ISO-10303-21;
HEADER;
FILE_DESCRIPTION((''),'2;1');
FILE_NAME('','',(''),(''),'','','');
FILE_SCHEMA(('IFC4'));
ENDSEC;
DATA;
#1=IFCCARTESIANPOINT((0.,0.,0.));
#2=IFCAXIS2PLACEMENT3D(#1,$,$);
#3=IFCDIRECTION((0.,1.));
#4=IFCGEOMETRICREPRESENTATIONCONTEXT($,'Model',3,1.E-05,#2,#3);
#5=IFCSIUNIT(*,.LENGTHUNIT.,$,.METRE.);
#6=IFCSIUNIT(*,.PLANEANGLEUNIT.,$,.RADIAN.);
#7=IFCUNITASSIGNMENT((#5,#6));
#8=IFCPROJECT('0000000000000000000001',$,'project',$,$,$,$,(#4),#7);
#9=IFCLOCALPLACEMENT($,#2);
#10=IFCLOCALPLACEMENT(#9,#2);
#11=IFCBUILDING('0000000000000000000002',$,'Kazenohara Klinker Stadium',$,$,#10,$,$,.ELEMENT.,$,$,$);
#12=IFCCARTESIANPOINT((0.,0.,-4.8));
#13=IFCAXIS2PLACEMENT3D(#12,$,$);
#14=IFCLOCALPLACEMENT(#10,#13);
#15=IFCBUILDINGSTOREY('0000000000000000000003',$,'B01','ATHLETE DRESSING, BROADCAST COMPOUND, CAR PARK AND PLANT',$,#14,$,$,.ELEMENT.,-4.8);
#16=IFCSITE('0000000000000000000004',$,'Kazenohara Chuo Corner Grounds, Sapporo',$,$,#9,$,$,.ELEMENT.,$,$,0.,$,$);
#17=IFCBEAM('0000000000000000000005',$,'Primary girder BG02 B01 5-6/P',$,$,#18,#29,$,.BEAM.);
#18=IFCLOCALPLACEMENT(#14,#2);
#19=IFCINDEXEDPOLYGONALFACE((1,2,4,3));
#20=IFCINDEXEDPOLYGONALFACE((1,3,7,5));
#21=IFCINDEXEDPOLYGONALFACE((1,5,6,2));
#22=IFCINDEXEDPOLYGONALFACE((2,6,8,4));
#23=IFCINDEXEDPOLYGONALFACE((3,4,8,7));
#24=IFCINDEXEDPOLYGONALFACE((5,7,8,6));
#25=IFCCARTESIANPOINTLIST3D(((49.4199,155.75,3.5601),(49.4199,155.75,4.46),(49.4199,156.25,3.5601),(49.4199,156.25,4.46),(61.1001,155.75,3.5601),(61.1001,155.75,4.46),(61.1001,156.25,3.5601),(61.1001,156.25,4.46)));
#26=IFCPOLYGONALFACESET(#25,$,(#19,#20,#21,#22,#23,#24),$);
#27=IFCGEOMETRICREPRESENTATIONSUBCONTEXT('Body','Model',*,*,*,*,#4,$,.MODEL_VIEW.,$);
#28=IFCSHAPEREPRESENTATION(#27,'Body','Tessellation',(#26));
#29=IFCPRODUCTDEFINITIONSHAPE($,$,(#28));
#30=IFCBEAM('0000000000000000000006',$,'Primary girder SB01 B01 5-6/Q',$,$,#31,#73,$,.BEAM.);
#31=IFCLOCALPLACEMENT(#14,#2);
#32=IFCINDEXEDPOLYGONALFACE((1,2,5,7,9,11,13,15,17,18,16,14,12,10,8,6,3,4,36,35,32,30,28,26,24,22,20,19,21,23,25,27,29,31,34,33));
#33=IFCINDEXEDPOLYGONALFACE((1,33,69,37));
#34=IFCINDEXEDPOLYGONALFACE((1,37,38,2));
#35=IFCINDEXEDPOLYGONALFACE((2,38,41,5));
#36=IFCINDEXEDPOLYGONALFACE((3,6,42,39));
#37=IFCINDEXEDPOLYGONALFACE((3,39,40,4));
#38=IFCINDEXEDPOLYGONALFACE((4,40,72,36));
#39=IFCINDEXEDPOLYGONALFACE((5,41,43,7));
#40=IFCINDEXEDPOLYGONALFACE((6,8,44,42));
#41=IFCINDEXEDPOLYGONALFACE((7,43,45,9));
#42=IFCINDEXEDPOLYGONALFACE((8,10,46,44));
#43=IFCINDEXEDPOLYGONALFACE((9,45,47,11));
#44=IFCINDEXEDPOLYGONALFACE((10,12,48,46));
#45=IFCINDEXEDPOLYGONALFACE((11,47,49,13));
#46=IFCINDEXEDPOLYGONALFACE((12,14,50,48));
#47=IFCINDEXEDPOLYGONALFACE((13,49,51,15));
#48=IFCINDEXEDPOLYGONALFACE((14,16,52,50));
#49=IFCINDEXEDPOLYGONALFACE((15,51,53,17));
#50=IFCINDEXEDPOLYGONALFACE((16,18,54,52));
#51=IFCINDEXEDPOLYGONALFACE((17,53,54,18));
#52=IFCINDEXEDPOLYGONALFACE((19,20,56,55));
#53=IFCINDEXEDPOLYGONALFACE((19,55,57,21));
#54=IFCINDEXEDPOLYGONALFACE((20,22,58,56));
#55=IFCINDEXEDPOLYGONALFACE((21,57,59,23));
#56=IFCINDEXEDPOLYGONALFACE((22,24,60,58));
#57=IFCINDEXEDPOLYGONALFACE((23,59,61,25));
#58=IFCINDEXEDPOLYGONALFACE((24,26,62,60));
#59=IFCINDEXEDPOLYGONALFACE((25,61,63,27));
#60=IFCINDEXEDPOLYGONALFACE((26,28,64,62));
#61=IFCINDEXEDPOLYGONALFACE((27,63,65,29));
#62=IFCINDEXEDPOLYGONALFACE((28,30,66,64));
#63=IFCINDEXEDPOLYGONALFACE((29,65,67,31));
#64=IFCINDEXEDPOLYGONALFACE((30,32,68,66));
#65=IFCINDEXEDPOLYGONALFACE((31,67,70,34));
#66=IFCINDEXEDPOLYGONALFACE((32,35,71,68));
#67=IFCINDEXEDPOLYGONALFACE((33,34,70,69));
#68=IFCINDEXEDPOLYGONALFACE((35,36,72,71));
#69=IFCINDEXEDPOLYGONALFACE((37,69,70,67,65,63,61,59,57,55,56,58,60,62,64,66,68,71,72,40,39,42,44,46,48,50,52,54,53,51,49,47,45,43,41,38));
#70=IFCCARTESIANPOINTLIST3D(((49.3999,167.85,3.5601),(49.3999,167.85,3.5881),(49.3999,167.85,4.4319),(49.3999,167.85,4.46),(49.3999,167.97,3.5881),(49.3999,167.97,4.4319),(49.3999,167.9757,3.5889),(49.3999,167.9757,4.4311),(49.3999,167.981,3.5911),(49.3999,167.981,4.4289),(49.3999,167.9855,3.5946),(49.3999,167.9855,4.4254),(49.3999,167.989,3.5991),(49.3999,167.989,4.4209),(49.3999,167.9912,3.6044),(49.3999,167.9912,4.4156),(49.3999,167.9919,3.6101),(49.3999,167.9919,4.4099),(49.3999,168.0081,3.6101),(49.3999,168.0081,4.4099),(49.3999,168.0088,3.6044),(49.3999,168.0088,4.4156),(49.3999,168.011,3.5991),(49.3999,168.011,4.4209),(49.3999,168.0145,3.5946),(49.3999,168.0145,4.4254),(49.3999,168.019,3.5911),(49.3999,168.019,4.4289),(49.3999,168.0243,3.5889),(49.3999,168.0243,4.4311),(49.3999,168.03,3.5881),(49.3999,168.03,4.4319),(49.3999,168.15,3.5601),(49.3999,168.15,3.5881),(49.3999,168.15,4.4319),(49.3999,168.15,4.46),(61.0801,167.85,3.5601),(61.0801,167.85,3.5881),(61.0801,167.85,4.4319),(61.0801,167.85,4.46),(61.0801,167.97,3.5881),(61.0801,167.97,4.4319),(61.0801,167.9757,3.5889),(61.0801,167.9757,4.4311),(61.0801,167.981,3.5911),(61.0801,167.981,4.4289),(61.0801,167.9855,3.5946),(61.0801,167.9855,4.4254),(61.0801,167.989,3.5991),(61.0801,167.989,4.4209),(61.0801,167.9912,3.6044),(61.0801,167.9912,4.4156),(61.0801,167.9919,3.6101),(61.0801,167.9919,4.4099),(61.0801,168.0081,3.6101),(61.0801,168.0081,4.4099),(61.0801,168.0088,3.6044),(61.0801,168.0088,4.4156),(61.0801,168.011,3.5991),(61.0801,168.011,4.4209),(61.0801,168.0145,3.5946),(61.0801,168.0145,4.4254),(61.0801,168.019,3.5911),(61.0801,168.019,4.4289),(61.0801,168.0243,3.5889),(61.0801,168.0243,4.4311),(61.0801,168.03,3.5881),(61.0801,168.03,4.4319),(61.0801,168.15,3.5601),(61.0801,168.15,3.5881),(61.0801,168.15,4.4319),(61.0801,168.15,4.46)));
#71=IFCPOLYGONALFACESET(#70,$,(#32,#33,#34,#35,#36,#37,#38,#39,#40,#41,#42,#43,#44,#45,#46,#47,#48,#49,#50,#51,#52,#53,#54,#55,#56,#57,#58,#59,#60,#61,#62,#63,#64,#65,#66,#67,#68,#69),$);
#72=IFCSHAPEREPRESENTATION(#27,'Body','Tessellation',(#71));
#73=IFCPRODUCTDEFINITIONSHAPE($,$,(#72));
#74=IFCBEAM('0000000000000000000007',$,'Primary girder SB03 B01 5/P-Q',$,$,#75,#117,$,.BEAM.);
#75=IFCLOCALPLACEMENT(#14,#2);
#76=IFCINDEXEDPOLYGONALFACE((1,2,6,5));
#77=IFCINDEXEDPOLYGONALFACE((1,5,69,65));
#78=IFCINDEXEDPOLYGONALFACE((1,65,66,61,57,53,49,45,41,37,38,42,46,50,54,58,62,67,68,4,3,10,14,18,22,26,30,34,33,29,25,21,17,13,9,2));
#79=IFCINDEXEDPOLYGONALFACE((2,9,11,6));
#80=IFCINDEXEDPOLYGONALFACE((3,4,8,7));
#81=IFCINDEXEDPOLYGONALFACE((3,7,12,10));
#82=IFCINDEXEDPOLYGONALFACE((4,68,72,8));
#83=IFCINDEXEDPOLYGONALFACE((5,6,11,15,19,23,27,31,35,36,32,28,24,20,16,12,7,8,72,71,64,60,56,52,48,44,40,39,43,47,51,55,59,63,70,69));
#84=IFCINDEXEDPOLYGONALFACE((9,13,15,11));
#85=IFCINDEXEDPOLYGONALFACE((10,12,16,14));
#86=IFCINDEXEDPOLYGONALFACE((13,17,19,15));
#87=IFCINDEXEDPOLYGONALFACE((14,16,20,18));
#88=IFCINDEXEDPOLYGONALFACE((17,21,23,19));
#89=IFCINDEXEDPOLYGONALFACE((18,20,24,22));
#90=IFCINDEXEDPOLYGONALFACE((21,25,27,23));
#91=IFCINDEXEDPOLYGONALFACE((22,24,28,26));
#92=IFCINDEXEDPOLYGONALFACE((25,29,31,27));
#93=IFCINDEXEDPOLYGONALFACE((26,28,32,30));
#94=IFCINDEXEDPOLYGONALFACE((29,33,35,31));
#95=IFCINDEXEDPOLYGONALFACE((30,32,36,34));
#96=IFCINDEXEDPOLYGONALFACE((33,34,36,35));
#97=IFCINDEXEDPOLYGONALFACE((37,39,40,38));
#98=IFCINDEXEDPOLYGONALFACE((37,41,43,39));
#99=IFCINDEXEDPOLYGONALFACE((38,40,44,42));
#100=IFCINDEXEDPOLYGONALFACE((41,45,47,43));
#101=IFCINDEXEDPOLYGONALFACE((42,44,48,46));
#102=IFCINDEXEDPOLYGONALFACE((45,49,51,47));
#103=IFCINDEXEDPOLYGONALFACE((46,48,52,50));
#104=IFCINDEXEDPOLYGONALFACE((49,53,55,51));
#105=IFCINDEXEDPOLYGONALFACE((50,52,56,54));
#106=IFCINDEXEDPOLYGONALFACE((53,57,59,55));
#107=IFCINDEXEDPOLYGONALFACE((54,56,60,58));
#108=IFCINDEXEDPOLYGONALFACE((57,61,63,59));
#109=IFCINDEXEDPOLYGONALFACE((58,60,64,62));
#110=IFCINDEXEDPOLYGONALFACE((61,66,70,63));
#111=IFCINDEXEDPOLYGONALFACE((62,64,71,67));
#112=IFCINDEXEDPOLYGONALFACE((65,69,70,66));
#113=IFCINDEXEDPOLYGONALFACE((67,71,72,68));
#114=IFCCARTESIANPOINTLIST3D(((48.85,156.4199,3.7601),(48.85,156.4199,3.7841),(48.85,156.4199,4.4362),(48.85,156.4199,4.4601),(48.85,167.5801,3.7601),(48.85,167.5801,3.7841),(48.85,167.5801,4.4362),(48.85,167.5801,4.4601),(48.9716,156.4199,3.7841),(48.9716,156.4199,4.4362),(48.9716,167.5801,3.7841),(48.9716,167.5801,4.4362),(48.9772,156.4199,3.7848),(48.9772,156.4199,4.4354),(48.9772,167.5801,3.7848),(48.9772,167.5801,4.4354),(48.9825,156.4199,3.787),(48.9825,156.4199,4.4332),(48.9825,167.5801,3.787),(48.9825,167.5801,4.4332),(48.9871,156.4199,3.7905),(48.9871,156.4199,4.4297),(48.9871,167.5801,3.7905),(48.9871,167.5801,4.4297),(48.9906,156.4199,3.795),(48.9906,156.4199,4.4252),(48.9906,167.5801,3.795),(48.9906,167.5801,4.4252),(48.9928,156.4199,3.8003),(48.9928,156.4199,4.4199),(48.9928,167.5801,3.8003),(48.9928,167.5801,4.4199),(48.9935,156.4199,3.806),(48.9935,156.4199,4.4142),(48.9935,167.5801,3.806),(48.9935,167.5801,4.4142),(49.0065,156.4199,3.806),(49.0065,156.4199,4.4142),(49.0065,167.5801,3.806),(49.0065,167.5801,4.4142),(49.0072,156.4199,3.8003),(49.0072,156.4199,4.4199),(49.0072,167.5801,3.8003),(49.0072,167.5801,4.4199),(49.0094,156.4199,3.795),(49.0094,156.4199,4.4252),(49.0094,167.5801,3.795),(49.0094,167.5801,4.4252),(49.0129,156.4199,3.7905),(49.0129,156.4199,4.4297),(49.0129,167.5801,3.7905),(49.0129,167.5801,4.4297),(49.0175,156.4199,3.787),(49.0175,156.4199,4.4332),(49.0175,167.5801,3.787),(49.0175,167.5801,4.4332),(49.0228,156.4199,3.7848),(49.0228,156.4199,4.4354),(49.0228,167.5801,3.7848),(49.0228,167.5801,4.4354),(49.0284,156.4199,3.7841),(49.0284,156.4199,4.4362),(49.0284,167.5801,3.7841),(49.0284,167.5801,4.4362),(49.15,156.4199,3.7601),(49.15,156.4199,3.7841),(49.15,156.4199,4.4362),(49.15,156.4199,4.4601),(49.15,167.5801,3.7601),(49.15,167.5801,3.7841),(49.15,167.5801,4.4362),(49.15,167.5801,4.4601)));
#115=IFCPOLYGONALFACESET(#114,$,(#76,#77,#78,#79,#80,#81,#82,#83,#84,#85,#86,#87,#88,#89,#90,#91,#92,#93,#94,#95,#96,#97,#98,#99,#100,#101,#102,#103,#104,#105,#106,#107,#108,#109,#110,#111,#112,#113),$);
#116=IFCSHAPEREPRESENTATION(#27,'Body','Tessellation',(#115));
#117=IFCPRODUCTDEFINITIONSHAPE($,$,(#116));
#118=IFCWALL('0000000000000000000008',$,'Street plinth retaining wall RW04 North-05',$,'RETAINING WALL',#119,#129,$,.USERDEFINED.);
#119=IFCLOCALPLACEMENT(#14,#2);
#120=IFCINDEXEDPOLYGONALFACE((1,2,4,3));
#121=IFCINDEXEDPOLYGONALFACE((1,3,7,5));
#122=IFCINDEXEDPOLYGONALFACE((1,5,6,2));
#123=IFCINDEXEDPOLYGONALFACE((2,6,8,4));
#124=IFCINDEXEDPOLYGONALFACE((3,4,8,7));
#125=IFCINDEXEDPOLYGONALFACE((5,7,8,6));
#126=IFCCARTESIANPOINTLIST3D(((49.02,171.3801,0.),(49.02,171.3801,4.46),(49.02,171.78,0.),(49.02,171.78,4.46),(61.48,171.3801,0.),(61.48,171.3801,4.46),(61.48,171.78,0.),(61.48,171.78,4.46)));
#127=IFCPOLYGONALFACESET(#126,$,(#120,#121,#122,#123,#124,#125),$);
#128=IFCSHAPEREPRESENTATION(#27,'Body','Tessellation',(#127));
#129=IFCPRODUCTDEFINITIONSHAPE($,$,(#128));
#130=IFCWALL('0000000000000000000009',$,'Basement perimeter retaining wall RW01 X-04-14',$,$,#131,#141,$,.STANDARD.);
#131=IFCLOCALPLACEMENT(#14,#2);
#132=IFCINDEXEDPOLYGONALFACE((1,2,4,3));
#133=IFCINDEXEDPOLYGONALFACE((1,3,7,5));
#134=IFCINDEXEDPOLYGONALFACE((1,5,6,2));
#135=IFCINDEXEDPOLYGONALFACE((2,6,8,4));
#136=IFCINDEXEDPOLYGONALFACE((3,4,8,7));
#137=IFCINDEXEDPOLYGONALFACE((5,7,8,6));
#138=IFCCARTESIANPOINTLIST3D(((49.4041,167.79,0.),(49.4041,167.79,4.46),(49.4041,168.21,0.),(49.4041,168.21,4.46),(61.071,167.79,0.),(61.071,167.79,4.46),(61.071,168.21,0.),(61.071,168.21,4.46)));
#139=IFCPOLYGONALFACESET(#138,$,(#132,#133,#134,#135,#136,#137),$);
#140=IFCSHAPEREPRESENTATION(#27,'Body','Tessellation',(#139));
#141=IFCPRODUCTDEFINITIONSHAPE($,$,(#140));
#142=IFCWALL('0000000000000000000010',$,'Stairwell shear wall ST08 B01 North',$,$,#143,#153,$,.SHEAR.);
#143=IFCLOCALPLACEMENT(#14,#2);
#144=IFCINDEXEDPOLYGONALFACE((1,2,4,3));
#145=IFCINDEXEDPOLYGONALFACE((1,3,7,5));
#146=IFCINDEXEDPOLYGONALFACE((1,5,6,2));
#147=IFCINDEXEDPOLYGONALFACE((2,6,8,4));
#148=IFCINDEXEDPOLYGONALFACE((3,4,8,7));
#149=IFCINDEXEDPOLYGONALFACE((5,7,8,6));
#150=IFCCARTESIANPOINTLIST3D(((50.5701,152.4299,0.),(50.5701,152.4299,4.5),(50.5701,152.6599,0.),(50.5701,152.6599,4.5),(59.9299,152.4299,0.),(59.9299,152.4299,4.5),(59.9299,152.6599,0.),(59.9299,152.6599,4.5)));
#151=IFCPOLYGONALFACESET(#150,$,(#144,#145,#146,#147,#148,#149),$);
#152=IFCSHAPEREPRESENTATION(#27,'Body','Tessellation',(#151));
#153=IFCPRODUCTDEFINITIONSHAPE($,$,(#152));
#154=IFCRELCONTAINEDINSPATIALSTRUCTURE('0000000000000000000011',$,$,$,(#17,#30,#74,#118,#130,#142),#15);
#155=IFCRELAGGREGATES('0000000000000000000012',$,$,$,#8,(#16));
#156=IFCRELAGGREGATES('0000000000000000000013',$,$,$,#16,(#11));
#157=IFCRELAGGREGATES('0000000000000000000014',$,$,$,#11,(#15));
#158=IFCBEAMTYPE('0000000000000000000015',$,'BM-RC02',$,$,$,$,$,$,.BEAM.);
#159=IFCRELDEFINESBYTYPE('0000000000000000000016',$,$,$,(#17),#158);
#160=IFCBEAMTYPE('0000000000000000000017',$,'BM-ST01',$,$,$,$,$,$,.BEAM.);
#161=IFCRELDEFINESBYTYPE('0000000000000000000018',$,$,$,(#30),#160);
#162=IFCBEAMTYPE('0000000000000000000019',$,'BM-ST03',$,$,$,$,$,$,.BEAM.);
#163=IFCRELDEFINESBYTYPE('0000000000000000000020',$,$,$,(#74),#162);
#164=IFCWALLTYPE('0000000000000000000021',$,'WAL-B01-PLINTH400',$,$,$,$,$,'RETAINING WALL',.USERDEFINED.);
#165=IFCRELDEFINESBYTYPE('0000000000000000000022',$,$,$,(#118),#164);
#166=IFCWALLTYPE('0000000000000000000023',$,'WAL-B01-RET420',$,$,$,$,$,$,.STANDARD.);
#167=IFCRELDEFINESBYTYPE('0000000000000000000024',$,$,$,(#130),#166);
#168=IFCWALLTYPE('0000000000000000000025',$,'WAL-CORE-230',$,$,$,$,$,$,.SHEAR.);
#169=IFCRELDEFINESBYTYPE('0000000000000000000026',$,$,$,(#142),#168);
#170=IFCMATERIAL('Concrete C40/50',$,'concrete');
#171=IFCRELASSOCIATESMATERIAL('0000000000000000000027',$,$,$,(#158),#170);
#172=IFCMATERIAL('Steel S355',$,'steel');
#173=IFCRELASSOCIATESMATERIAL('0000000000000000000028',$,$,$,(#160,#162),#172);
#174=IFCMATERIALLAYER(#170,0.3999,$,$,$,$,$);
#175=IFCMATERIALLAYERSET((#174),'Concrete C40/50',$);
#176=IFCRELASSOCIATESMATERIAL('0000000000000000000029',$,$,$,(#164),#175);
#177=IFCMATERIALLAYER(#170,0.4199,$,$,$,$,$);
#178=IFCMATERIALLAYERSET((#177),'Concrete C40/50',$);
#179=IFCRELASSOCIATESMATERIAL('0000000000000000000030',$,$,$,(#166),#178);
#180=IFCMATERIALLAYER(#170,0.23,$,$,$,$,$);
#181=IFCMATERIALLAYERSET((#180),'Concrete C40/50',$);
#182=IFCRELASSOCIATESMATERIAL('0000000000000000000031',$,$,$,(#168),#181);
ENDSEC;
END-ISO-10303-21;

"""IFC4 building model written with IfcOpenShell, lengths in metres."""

from ifc_helpers import new_model, si_unit, direction, frame, frame_2d, origin, origin_2d, place, context, subcontext, project, spatial, rectangle, i_section, extrude, material, layer, layer_set, material_profile, profile_set, type_object, element, save


model = new_model("IFC4")

# Units and contexts
model_context = context("Model", 3, precision=1e-05, world=origin(), true_north=direction((0.0, 1.0)))
body_context = subcontext(model_context, "Body", "Model", "MODEL_VIEW")
ifc_project = project(units=[si_unit("LENGTHUNIT", "METRE"), si_unit("PLANEANGLEUNIT", "RADIAN")], contexts=[model_context])

# Site, building, storey
site_placement = place(None, origin())
site = spatial("IfcSite", under=ifc_project, at=site_placement, Name="Kazenohara Chuo Corner Grounds, Sapporo", CompositionType="ELEMENT", RefElevation=0.0)
building_placement = place(site_placement, origin())
building = spatial("IfcBuilding", under=site, at=building_placement, Name="Kazenohara Klinker Stadium", CompositionType="ELEMENT")
storey_placement = place(building_placement, frame((0.0, 0.0, -4.8)))
storey = spatial("IfcBuildingStorey", under=building, at=storey_placement, Name="B01", Description="ATHLETE DRESSING, BROADCAST COMPOUND, CAR PARK AND PLANT", CompositionType="ELEMENT", Elevation=-4.8)

# Shared definitions
ifc_material_1 = material(Name="Concrete C40/50", Category="concrete")

# Beams
ifc_material_2 = material(Name="Steel S355", Category="steel")
ifc_material_profile_1 = material_profile(ifc_material_1, rectangle(XDim=0.5, YDim=0.8999, at=origin_2d()), Name="RC-BM-500x900")
ifc_profile_set_1 = profile_set([ifc_material_profile_1], Name="Concrete C40/50")
beam_type_1 = type_object("IfcBeamType", Name="BM-RC02", PredefinedType="BEAM", material=ifc_profile_set_1)
beam_1_placement = place(storey_placement, frame((49.4199, 156.0, 4.01), z_axis=(1.0, 0.0, 0.0), x_axis=(0.0, 1.0, 0.0)))
element("IfcBeam", 1, at=beam_1_placement, inside=storey, type_object=beam_type_1, Name="Primary girder BG02 B01 5-6/P", PredefinedType="BEAM", context=body_context, shape_type="SweptSolid", body=[
    extrude(rectangle(XDim=0.5, YDim=0.8999, at=origin_2d()), origin(), (0.0, 0.0, 1.0), 11.6802),
])
ifc_material_profile_2 = material_profile(ifc_material_2, i_section(OverallWidth=0.3, OverallDepth=0.8999, WebThickness=0.0161, FlangeThickness=0.0281, FilletRadius=0.022, at=origin_2d()), Name="H-900x300x16x28")
ifc_profile_set_2 = profile_set([ifc_material_profile_2], Name="Steel S355")
beam_type_2 = type_object("IfcBeamType", Name="BM-ST01", PredefinedType="BEAM", material=ifc_profile_set_2)
beam_2_placement = place(storey_placement, frame((49.3999, 168.0, 4.01), z_axis=(1.0, 0.0, 0.0), x_axis=(0.0, 1.0, 0.0)))
element("IfcBeam", 2, at=beam_2_placement, inside=storey, type_object=beam_type_2, Name="Primary girder SB01 B01 5-6/Q", PredefinedType="BEAM", context=body_context, shape_type="SweptSolid", body=[
    extrude(i_section(OverallWidth=0.3, OverallDepth=0.8999, WebThickness=0.0161, FlangeThickness=0.0281, FilletRadius=0.022, at=origin_2d()), origin(), (0.0, 0.0, 1.0), 11.6802),
])
ifc_material_profile_3 = material_profile(ifc_material_2, i_section(OverallWidth=0.3, OverallDepth=0.7, WebThickness=0.0129, FlangeThickness=0.0239, FilletRadius=0.022, at=origin_2d()), Name="H-700x300x13x24")
ifc_profile_set_3 = profile_set([ifc_material_profile_3], Name="Steel S355")
beam_type_3 = type_object("IfcBeamType", Name="BM-ST03", PredefinedType="BEAM", material=ifc_profile_set_3)
beam_3_placement = place(storey_placement, frame((49.0, 156.4199, 4.1101), z_axis=(0.0, 1.0, 0.0), x_axis=(-1.0, 0.0, 0.0)))
element("IfcBeam", 3, at=beam_3_placement, inside=storey, type_object=beam_type_3, Name="Primary girder SB03 B01 5/P-Q", PredefinedType="BEAM", context=body_context, shape_type="SweptSolid", body=[
    extrude(i_section(OverallWidth=0.3, OverallDepth=0.7, WebThickness=0.0129, FlangeThickness=0.0239, FilletRadius=0.022, at=origin_2d()), origin(), (0.0, 0.0, 1.0), 11.1602),
])

# Walls
ifc_layer_1 = layer(ifc_material_1, 0.3999)
ifc_layer_set_1 = layer_set([ifc_layer_1], Name="Concrete C40/50")
wall_type_1 = type_object("IfcWallType", Name="WAL-B01-PLINTH400", ElementType="RETAINING WALL", PredefinedType="USERDEFINED", material=ifc_layer_set_1)
wall_1_placement = place(storey_placement, frame((49.02, 171.5801, 0.0), z_axis=(0.0, 0.0, 1.0), x_axis=(1.0, 0.0, 0.0)))
element("IfcWall", 4, at=wall_1_placement, inside=storey, type_object=wall_type_1, Name="Street plinth retaining wall RW04 North-05", ObjectType="RETAINING WALL", PredefinedType="USERDEFINED", context=body_context, shape_type="SweptSolid", body=[
    extrude(rectangle(XDim=12.46, YDim=0.3999, at=frame_2d((6.23, 0.0))), origin(), (0.0, 0.0, 1.0), 4.46),
])
ifc_layer_2 = layer(ifc_material_1, 0.4199)
ifc_layer_set_2 = layer_set([ifc_layer_2], Name="Concrete C40/50")
wall_type_2 = type_object("IfcWallType", Name="WAL-B01-RET420", PredefinedType="STANDARD", material=ifc_layer_set_2)
wall_2_placement = place(storey_placement, frame((49.4041, 168.0, 0.0), z_axis=(0.0, 0.0, 1.0), x_axis=(1.0, 0.0, 0.0)))
element("IfcWall", 5, at=wall_2_placement, inside=storey, type_object=wall_type_2, Name="Basement perimeter retaining wall RW01 X-04-14", PredefinedType="STANDARD", context=body_context, shape_type="SweptSolid", body=[
    extrude(rectangle(XDim=11.667, YDim=0.4199, at=frame_2d((5.8335, 0.0))), origin(), (0.0, 0.0, 1.0), 4.46),
])
ifc_layer_3 = layer(ifc_material_1, 0.23)
ifc_layer_set_3 = layer_set([ifc_layer_3], Name="Concrete C40/50")
wall_type_3 = type_object("IfcWallType", Name="WAL-CORE-230", PredefinedType="SHEAR", material=ifc_layer_set_3)
wall_3_placement = place(storey_placement, frame((50.5701, 152.5449, 0.0), z_axis=(0.0, 0.0, 1.0), x_axis=(1.0, 0.0, 0.0)))
element("IfcWall", 6, at=wall_3_placement, inside=storey, type_object=wall_type_3, Name="Stairwell shear wall ST08 B01 North", PredefinedType="SHEAR", context=body_context, shape_type="SweptSolid", body=[
    extrude(rectangle(XDim=9.3599, YDim=0.23, at=frame_2d((4.6799, 0.0))), origin(), (0.0, 0.0, 1.0), 4.5),
])

save(model, "model.ifc")
